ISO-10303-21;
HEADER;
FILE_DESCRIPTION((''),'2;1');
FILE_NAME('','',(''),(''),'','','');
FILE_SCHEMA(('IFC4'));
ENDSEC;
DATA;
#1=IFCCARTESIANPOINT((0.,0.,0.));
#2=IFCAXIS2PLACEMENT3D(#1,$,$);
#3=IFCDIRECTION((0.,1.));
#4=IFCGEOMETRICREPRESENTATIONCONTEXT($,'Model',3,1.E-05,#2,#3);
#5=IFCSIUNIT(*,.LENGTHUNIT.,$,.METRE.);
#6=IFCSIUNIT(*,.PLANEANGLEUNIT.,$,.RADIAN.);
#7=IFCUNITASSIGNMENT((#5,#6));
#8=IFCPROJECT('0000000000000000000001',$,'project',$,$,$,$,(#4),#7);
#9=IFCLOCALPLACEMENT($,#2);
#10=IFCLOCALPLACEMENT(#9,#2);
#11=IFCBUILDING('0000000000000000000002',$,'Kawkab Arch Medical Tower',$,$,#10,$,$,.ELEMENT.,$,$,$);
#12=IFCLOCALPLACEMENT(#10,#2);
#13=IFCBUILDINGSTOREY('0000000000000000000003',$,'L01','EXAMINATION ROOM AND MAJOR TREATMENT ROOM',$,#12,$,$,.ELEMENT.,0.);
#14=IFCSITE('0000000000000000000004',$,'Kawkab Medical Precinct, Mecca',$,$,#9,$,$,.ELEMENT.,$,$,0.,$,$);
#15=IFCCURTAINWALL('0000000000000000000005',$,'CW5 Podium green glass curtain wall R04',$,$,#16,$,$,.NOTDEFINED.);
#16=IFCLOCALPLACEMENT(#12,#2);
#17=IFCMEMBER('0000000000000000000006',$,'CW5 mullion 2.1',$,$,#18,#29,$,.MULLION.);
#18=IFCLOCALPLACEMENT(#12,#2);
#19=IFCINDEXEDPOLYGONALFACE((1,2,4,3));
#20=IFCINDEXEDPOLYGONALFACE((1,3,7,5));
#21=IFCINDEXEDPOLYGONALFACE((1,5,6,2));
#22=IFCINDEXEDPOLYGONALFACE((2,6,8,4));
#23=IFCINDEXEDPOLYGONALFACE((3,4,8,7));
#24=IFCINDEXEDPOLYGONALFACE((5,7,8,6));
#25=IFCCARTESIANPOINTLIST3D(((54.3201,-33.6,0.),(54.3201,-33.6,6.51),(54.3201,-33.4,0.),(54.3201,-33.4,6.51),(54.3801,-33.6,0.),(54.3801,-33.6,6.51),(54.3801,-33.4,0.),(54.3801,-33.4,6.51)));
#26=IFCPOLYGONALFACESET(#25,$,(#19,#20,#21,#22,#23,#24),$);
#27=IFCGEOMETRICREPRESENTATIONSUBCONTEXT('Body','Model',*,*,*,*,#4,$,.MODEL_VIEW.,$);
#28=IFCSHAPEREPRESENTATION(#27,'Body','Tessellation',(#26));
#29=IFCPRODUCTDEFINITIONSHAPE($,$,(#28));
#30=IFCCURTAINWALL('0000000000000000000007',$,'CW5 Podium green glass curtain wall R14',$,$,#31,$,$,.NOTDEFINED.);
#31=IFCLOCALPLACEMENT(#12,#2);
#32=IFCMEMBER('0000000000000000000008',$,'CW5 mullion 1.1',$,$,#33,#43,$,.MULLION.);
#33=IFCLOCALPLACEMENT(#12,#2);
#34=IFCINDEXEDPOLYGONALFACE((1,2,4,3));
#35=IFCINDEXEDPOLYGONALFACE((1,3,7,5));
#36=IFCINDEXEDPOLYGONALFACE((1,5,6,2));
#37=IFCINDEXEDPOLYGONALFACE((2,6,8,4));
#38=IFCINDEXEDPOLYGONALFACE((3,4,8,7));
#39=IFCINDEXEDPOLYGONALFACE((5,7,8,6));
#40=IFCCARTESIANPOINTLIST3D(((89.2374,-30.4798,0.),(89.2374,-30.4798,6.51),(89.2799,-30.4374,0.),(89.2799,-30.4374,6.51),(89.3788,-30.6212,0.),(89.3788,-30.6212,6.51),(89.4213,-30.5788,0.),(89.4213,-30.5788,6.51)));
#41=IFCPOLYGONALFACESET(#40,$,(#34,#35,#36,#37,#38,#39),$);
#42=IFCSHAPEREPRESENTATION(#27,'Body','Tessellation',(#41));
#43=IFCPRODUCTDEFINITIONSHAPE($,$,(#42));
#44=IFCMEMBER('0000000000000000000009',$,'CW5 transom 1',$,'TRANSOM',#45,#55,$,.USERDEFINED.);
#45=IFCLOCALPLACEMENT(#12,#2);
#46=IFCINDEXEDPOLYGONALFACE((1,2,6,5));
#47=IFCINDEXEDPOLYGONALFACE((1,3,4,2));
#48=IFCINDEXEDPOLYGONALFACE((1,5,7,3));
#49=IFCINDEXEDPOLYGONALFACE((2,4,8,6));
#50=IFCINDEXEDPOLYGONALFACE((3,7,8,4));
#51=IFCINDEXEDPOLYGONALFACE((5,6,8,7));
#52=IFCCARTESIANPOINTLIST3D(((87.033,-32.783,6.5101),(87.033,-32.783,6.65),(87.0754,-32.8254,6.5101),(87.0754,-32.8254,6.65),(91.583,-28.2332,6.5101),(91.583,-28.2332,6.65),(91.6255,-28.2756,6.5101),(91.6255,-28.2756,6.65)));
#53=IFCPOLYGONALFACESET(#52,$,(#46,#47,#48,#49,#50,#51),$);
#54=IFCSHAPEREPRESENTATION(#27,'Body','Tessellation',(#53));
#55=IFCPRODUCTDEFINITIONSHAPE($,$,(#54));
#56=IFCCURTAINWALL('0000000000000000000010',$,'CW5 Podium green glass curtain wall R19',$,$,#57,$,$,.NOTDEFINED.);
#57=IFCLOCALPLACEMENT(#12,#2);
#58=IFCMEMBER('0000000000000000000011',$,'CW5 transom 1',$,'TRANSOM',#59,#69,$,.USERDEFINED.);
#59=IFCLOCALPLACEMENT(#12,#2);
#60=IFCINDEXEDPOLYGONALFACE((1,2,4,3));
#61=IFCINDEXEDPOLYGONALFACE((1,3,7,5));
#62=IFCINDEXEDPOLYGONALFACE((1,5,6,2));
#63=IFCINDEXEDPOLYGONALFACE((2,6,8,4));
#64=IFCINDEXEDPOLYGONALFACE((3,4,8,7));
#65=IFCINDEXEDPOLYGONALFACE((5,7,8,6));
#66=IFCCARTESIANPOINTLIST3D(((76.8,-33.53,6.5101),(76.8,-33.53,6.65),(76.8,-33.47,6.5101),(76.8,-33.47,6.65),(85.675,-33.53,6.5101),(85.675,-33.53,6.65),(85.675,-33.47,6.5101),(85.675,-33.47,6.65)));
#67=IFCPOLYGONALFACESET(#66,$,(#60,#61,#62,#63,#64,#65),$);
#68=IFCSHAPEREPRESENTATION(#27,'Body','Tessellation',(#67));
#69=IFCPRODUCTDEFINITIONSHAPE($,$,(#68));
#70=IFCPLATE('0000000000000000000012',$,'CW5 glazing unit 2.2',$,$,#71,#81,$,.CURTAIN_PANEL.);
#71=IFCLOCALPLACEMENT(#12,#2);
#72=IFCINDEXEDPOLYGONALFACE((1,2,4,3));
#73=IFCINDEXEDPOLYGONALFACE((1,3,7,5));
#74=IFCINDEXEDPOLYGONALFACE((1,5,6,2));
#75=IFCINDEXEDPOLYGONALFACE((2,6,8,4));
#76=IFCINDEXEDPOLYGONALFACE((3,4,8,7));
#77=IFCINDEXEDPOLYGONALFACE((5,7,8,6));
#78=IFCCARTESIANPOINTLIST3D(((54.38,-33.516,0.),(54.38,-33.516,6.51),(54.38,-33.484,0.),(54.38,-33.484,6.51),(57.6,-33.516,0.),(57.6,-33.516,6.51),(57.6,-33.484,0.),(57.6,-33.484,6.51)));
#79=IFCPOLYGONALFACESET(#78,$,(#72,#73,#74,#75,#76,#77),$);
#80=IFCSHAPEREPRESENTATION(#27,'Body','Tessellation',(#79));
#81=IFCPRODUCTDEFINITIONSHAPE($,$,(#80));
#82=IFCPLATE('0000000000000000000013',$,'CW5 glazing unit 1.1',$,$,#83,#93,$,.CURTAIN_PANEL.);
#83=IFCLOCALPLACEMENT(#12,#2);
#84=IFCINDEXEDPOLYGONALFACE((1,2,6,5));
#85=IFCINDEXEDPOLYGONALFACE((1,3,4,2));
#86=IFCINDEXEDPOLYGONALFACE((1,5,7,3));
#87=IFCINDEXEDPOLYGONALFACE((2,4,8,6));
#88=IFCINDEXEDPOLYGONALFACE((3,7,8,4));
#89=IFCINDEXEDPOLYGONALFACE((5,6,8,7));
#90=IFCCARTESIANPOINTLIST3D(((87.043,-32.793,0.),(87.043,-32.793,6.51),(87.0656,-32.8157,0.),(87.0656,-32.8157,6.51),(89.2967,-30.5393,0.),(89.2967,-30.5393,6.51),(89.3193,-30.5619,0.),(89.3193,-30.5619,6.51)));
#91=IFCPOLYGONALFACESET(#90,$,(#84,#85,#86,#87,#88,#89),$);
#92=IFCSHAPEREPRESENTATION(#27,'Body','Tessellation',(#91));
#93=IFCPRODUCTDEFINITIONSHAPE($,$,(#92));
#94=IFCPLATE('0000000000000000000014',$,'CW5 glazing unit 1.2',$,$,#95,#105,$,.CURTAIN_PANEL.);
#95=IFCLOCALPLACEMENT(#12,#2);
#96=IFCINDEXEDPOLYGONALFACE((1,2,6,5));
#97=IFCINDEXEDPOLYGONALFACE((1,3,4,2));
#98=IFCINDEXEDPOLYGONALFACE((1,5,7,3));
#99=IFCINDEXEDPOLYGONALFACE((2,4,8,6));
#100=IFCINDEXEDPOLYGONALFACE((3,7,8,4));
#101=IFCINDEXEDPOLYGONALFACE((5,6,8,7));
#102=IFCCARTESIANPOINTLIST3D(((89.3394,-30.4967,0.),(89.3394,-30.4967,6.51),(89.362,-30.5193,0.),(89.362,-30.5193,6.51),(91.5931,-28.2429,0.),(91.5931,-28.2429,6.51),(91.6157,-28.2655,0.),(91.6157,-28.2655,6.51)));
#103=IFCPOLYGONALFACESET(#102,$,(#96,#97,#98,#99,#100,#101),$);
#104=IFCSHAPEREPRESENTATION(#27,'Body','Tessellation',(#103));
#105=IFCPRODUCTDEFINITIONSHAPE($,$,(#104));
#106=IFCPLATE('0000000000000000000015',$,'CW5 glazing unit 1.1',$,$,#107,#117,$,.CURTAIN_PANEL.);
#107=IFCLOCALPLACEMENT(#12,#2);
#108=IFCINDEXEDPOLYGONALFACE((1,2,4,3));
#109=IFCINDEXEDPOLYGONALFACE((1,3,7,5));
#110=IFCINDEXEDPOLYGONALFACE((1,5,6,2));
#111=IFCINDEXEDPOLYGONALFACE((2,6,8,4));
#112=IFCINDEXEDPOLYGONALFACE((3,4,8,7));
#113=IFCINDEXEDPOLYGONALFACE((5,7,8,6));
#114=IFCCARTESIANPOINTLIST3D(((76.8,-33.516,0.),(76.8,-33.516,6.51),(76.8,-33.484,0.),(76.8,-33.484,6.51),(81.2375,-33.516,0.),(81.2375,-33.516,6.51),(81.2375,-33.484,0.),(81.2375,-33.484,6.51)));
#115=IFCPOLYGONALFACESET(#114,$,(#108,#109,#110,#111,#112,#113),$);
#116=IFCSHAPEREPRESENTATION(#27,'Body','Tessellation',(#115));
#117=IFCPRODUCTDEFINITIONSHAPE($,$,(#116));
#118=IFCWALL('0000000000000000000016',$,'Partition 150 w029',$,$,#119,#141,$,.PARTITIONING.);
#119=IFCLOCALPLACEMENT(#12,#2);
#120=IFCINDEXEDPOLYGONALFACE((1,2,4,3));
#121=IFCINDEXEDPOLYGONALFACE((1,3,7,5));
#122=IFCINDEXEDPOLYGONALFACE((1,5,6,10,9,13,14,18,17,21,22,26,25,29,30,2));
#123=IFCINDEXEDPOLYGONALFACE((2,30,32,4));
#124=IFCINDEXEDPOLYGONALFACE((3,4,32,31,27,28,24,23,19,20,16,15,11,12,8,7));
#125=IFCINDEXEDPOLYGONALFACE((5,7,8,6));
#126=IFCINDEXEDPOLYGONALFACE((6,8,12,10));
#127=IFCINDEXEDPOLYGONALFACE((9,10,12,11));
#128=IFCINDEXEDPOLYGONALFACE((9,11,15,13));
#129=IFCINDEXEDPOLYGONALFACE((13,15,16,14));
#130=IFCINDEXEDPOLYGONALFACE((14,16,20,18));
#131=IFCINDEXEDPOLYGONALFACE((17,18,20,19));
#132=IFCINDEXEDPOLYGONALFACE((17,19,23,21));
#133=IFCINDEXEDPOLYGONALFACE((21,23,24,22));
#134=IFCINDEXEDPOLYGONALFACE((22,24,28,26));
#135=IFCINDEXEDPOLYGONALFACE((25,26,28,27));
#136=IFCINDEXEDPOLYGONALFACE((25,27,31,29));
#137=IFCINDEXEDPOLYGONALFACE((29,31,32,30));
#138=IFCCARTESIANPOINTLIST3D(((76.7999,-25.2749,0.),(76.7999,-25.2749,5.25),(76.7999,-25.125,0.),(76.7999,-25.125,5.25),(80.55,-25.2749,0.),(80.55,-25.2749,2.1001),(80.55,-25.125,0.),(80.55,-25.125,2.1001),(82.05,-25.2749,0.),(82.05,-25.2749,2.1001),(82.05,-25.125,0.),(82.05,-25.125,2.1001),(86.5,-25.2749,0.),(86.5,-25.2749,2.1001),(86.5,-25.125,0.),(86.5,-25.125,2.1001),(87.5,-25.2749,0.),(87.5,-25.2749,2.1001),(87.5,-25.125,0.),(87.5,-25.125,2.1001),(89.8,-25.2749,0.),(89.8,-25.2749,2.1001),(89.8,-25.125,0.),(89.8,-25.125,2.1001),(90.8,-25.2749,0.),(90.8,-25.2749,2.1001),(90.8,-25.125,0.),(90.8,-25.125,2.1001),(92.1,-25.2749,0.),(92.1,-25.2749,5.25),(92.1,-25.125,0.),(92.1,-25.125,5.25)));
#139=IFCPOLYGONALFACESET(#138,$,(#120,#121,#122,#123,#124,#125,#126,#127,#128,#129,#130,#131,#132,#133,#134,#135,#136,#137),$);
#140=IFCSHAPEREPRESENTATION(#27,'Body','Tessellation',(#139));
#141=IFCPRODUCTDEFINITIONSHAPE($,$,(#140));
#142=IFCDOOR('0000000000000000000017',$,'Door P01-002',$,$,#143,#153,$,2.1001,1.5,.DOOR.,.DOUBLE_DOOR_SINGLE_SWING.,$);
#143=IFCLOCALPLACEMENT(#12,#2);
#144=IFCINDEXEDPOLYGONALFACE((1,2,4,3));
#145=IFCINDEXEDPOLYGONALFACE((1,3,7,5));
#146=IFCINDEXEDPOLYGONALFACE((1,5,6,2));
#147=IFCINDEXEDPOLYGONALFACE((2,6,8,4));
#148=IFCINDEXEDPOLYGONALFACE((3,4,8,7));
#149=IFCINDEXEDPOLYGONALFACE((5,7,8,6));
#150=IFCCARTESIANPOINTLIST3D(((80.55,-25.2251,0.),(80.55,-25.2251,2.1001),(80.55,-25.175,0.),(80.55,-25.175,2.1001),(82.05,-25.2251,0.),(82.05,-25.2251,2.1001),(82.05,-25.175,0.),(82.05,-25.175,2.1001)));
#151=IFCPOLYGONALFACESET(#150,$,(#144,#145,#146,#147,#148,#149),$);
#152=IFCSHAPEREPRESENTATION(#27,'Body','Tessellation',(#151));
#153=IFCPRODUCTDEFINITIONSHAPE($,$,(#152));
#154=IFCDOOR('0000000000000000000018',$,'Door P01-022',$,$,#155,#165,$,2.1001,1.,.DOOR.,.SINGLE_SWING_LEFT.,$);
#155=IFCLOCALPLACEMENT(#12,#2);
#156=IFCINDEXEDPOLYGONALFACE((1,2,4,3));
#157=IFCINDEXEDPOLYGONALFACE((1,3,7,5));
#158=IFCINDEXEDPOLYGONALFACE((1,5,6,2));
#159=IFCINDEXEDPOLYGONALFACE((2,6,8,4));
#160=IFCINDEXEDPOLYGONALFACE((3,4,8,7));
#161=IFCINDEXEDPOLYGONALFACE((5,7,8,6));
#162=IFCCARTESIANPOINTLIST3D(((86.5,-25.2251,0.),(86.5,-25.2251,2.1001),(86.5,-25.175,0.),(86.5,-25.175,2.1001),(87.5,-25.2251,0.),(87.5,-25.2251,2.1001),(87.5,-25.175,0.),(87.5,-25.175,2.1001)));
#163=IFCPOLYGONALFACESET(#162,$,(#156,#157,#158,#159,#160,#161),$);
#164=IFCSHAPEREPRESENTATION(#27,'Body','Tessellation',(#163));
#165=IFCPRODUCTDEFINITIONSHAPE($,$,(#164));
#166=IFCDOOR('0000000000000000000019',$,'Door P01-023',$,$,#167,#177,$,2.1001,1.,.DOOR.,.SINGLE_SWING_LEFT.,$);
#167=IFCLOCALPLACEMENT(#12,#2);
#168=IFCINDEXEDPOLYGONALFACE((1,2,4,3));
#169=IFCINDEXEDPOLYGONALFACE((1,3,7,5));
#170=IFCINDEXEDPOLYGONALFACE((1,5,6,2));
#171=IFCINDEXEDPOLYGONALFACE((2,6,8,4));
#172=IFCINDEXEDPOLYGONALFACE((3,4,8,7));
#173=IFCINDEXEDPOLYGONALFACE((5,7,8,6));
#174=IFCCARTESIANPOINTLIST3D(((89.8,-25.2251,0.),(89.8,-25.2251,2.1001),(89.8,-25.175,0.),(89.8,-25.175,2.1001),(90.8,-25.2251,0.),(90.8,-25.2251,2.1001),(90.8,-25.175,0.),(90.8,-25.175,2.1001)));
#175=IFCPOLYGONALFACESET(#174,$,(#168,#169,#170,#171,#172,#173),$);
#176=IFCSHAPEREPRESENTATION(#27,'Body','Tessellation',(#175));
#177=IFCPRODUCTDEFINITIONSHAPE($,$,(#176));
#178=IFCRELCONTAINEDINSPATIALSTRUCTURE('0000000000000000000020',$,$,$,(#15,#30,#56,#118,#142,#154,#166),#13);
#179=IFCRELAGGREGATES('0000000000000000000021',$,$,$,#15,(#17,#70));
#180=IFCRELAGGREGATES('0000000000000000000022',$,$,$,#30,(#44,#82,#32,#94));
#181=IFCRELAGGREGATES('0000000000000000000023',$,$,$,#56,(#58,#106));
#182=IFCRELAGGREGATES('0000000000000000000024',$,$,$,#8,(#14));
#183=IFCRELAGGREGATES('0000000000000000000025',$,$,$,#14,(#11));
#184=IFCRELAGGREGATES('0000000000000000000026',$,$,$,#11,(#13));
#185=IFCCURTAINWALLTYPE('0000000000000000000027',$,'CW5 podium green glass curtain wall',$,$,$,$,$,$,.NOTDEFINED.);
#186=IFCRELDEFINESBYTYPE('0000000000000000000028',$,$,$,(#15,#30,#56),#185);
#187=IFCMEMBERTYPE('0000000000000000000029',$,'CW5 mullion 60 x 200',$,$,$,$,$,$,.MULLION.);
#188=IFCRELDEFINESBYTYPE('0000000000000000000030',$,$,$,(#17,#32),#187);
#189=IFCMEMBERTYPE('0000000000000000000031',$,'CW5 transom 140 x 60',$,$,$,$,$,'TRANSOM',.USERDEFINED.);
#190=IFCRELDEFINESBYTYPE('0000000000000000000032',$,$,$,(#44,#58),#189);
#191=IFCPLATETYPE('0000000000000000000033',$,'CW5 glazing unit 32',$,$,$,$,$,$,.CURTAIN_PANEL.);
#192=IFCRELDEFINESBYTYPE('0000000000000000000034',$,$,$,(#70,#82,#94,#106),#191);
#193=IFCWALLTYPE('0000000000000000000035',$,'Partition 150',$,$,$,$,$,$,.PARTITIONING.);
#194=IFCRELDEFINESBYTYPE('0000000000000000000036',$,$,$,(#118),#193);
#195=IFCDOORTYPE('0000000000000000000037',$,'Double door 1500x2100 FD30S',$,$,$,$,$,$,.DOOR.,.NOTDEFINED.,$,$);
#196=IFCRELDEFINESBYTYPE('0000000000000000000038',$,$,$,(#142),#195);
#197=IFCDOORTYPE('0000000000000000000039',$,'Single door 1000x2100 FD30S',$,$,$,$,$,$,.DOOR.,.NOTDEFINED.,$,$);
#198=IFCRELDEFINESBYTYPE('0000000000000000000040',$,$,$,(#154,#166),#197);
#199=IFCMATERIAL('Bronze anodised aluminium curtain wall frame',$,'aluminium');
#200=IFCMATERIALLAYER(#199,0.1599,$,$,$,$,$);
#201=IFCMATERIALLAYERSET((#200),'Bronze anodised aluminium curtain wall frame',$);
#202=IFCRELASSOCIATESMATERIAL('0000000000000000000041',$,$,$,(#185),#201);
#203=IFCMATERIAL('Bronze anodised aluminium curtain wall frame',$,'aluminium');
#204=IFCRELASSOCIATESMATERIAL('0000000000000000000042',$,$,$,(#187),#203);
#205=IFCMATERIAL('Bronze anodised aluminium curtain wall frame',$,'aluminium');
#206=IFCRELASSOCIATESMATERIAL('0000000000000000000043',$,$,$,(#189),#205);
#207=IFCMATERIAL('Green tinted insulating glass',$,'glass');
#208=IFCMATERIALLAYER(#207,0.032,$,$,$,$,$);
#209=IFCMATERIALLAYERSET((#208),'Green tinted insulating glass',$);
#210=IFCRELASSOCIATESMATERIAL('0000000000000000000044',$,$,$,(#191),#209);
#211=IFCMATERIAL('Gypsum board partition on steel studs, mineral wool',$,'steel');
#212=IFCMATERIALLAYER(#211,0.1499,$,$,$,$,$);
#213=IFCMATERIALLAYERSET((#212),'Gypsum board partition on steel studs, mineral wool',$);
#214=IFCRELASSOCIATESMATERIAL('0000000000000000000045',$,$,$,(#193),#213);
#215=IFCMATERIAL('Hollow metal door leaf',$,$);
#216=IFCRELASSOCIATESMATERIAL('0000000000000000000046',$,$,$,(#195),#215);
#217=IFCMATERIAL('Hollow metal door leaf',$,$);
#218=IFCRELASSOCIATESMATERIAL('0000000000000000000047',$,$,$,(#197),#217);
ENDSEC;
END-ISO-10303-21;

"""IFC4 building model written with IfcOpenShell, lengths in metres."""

from ifc_helpers import new_model, si_unit, direction, frame, frame_2d, origin, origin_2d, place, context, subcontext, project, spatial, rectangle, extrude, material, layer, layer_set, material_profile, profile_set, type_object, element, fill, aggregate, save


model = new_model("IFC4")

# Units and contexts
model_context = context("Model", 3, precision=1e-05, world=origin(), true_north=direction((0.0, 1.0)))
body_context = subcontext(model_context, "Body", "Model", "MODEL_VIEW")
ifc_project = project(units=[si_unit("LENGTHUNIT", "METRE"), si_unit("PLANEANGLEUNIT", "RADIAN")], contexts=[model_context])

# Site, building, storey
site_placement = place(None, origin())
site = spatial("IfcSite", under=ifc_project, at=site_placement, Name="Kawkab Medical Precinct, Mecca", CompositionType="ELEMENT", RefElevation=0.0)
building_placement = place(site_placement, origin())
building = spatial("IfcBuilding", under=site, at=building_placement, Name="Kawkab Arch Medical Tower", CompositionType="ELEMENT")
storey_placement = place(building_placement, origin())
storey = spatial("IfcBuildingStorey", under=building, at=storey_placement, Name="L01", Description="EXAMINATION ROOM AND MAJOR TREATMENT ROOM", CompositionType="ELEMENT", Elevation=0.0)

# Curtain wall, member
ifc_material_1 = material(Name="Bronze anodised aluminium curtain wall frame", Category="aluminium")
ifc_layer_1 = layer(ifc_material_1, 0.1599)
ifc_layer_set_1 = layer_set([ifc_layer_1], Name="Bronze anodised aluminium curtain wall frame")
curtain_wall_type = type_object("IfcCurtainWallType", Name="CW5 podium green glass curtain wall", PredefinedType="NOTDEFINED", material=ifc_layer_set_1)
placement = place(storey_placement, origin())
curtain_wall_1 = element("IfcCurtainWall", 1, at=placement, inside=storey, type_object=curtain_wall_type, Name="CW5 Podium green glass curtain wall R04", PredefinedType="NOTDEFINED")
ifc_material_2 = material(Name="Bronze anodised aluminium curtain wall frame", Category="aluminium")
ifc_material_profile_1 = material_profile(ifc_material_2, rectangle(XDim=0.2, YDim=0.0601, at=origin_2d()), Name="AL 60x200")
ifc_profile_set_1 = profile_set([ifc_material_profile_1], Name="Bronze anodised aluminium curtain wall frame")
member_type_1 = type_object("IfcMemberType", Name="CW5 mullion 60 x 200", PredefinedType="MULLION", material=ifc_profile_set_1)
member_1_placement = place(storey_placement, frame((54.3501, -33.5, 0.0), z_axis=(0.0, 0.0, 1.0), x_axis=(0.0, 1.0, 0.0)))
member_1 = element("IfcMember", 2, at=member_1_placement, type_object=member_type_1, Name="CW5 mullion 2.1", PredefinedType="MULLION", context=body_context, shape_type="SweptSolid", body=[
    extrude(rectangle(XDim=0.2, YDim=0.0601, at=origin_2d()), origin(), (0.0, 0.0, 1.0), 6.51),
])

# Curtain wall, members
curtain_wall_2 = element("IfcCurtainWall", 3, at=placement, inside=storey, type_object=curtain_wall_type, Name="CW5 Podium green glass curtain wall R14", PredefinedType="NOTDEFINED")
member_2_placement = place(storey_placement, frame((89.3293, -30.5293, 0.0), z_axis=(0.0, 0.0, 1.0), x_axis=(-0.707107, 0.707107, 0.0)))
member_2 = element("IfcMember", 4, at=member_2_placement, type_object=member_type_1, Name="CW5 mullion 1.1", PredefinedType="MULLION", context=body_context, shape_type="SweptSolid", body=[
    extrude(rectangle(XDim=0.2, YDim=0.0601, at=origin_2d()), origin(), (0.0, 0.0, 1.0), 6.51),
])
ifc_material_3 = material(Name="Bronze anodised aluminium curtain wall frame", Category="aluminium")
ifc_material_profile_2 = material_profile(ifc_material_3, rectangle(XDim=0.0601, YDim=0.1399, at=origin_2d()), Name="AL 60x140")
ifc_profile_set_2 = profile_set([ifc_material_profile_2], Name="Bronze anodised aluminium curtain wall frame")
member_type_2 = type_object("IfcMemberType", Name="CW5 transom 140 x 60", ElementType="TRANSOM", PredefinedType="USERDEFINED", material=ifc_profile_set_2)
member_3_placement = place(storey_placement, frame((87.0542, -32.8042, 6.5801), z_axis=(0.707126, 0.707088, 0.0), x_axis=(-0.707088, 0.707126, 0.0)))
member_3 = element("IfcMember", 5, at=member_3_placement, type_object=member_type_2, Name="CW5 transom 1", ObjectType="TRANSOM", PredefinedType="USERDEFINED", context=body_context, shape_type="SweptSolid", body=[
    extrude(rectangle(XDim=0.0601, YDim=0.1399, at=origin_2d()), origin(), (0.0, 0.0, 1.0), 6.4346),
])

# Curtain wall, member
curtain_wall_3 = element("IfcCurtainWall", 6, at=placement, inside=storey, type_object=curtain_wall_type, Name="CW5 Podium green glass curtain wall R19", PredefinedType="NOTDEFINED")
member_4_placement = place(storey_placement, frame((76.8, -33.5, 6.5801), z_axis=(1.0, 0.0, 0.0), x_axis=(0.0, 1.0, 0.0)))
member_4 = element("IfcMember", 7, at=member_4_placement, type_object=member_type_2, Name="CW5 transom 1", ObjectType="TRANSOM", PredefinedType="USERDEFINED", context=body_context, shape_type="SweptSolid", body=[
    extrude(rectangle(XDim=0.0601, YDim=0.1399, at=origin_2d()), origin(), (0.0, 0.0, 1.0), 8.875),
])

# Plates
ifc_material_4 = material(Name="Green tinted insulating glass", Category="glass")
ifc_layer_2 = layer(ifc_material_4, 0.032)
ifc_layer_set_2 = layer_set([ifc_layer_2], Name="Green tinted insulating glass")
plate_type = type_object("IfcPlateType", Name="CW5 glazing unit 32", PredefinedType="CURTAIN_PANEL", material=ifc_layer_set_2)
plate_1_placement = place(storey_placement, frame((55.99, -33.5, 0.0), z_axis=(0.0, 0.0, 1.0), x_axis=(1.0, 0.0, 0.0)))
plate_1 = element("IfcPlate", 8, at=plate_1_placement, type_object=plate_type, Name="CW5 glazing unit 2.2", PredefinedType="CURTAIN_PANEL", context=body_context, shape_type="SweptSolid", body=[
    extrude(rectangle(XDim=3.22, YDim=0.032, at=origin_2d()), origin(), (0.0, 0.0, 1.0), 6.51),
])
aggregate(curtain_wall_1, [member_1, plate_1])
plate_2_placement = place(storey_placement, frame((88.1812, -31.6775, 0.0), z_axis=(0.0, 0.0, 1.0), x_axis=(0.707107, 0.707107, 0.0)))
plate_2 = element("IfcPlate", 9, at=plate_2_placement, type_object=plate_type, Name="CW5 glazing unit 1.1", PredefinedType="CURTAIN_PANEL", context=body_context, shape_type="SweptSolid", body=[
    extrude(rectangle(XDim=3.1873, YDim=0.032, at=origin_2d()), origin(), (0.0, 0.0, 1.0), 6.51),
])
plate_3_placement = place(storey_placement, frame((90.4775, -29.3811, 0.0), z_axis=(0.0, 0.0, 1.0), x_axis=(0.707107, 0.707107, 0.0)))
plate_3 = element("IfcPlate", 10, at=plate_3_placement, type_object=plate_type, Name="CW5 glazing unit 1.2", PredefinedType="CURTAIN_PANEL", context=body_context, shape_type="SweptSolid", body=[
    extrude(rectangle(XDim=3.1873, YDim=0.032, at=origin_2d()), origin(), (0.0, 0.0, 1.0), 6.51),
])
aggregate(curtain_wall_2, [member_3, plate_2, member_2, plate_3])
plate_4_placement = place(storey_placement, frame((79.0188, -33.5, 0.0), z_axis=(0.0, 0.0, 1.0), x_axis=(1.0, 0.0, 0.0)))
plate_4 = element("IfcPlate", 11, at=plate_4_placement, type_object=plate_type, Name="CW5 glazing unit 1.1", PredefinedType="CURTAIN_PANEL", context=body_context, shape_type="SweptSolid", body=[
    extrude(rectangle(XDim=4.4375, YDim=0.032, at=origin_2d()), origin(), (0.0, 0.0, 1.0), 6.51),
])
aggregate(curtain_wall_3, [member_4, plate_4])

# Wall, openings, doors
ifc_material_5 = material(Name="Gypsum board partition on steel studs, mineral wool", Category="steel")
ifc_layer_3 = layer(ifc_material_5, 0.1499)
ifc_layer_set_3 = layer_set([ifc_layer_3], Name="Gypsum board partition on steel studs, mineral wool")
wall_type_1 = type_object("IfcWallType", Name="Partition 150", PredefinedType="PARTITIONING", material=ifc_layer_set_3)
wall_1_placement = place(storey_placement, frame((76.8, -25.2, 0.0), z_axis=(0.0, 0.0, 1.0), x_axis=(1.0, 0.0, 0.0)))
wall_1 = element("IfcWall", 12, at=wall_1_placement, inside=storey, type_object=wall_type_1, Name="Partition 150 w029", PredefinedType="PARTITIONING", context=body_context, shape_type="SweptSolid", body=[
    extrude(rectangle(XDim=15.3, YDim=0.1499, at=frame_2d((7.6499, 0.0))), origin(), (0.0, 0.0, 1.0), 5.25),
])
opening_1_placement = place(wall_1_placement, frame((3.75, 0.0, 0.0)))
opening_1 = element("IfcOpeningElement", 13, at=opening_1_placement, cuts=wall_1, PredefinedType="OPENING", context=body_context, shape_type="SweptSolid", body=[
    extrude(rectangle(XDim=1.5, YDim=2.1001, at=frame_2d((0.75, 1.05))), frame((0.0, 0.085, 0.0), z_axis=(0.0, -1.0, 0.0), x_axis=(1.0, 0.0, 0.0)), (0.0, 0.0, 1.0), 0.1699),
])
opening_2_placement = place(wall_1_placement, frame((9.7, 0.0, 0.0)))
opening_2 = element("IfcOpeningElement", 14, at=opening_2_placement, cuts=wall_1, PredefinedType="OPENING", context=body_context, shape_type="SweptSolid", body=[
    extrude(rectangle(XDim=1.0, YDim=2.1001, at=frame_2d((0.5, 1.05))), frame((0.0, 0.085, 0.0), z_axis=(0.0, -1.0, 0.0), x_axis=(1.0, 0.0, 0.0)), (0.0, 0.0, 1.0), 0.1699),
])
opening_3_placement = place(wall_1_placement, frame((13.0, 0.0, 0.0)))
opening_3 = element("IfcOpeningElement", 15, at=opening_3_placement, cuts=wall_1, PredefinedType="OPENING", context=body_context, shape_type="SweptSolid", body=[
    extrude(rectangle(XDim=1.0, YDim=2.1001, at=frame_2d((0.5, 1.05))), frame((0.0, 0.085, 0.0), z_axis=(0.0, -1.0, 0.0), x_axis=(1.0, 0.0, 0.0)), (0.0, 0.0, 1.0), 0.1699),
])
ifc_material_6 = material(Name="Hollow metal door leaf")
door_type_1 = type_object("IfcDoorType", Name="Double door 1500x2100 FD30S", OperationType="NOTDEFINED", PredefinedType="DOOR", material=ifc_material_6)
door_1_placement = place(opening_1_placement, origin())
door_1 = element("IfcDoor", 16, at=door_1_placement, inside=storey, type_object=door_type_1, Name="Door P01-002", OperationType="DOUBLE_DOOR_SINGLE_SWING", OverallHeight=2.1001, OverallWidth=1.5, PredefinedType="DOOR", context=body_context, shape_type="SweptSolid", body=[
    extrude(rectangle(XDim=1.5, YDim=2.1001, at=frame_2d((0.75, 1.05))), frame((0.0, 0.0249, 0.0), z_axis=(0.0, -1.0, 0.0), x_axis=(1.0, 0.0, 0.0)), (0.0, 0.0, 1.0), 0.05),
])
fill(opening_1, door_1)
ifc_material_7 = material(Name="Hollow metal door leaf")
door_type_2 = type_object("IfcDoorType", Name="Single door 1000x2100 FD30S", OperationType="NOTDEFINED", PredefinedType="DOOR", material=ifc_material_7)
door_2_placement = place(opening_2_placement, origin())
door_2 = element("IfcDoor", 17, at=door_2_placement, inside=storey, type_object=door_type_2, Name="Door P01-022", OperationType="SINGLE_SWING_LEFT", OverallHeight=2.1001, OverallWidth=1.0, PredefinedType="DOOR", context=body_context, shape_type="SweptSolid", body=[
    extrude(rectangle(XDim=1.0, YDim=2.1001, at=frame_2d((0.5, 1.05))), frame((0.0, 0.0249, 0.0), z_axis=(0.0, -1.0, 0.0), x_axis=(1.0, 0.0, 0.0)), (0.0, 0.0, 1.0), 0.05),
])
fill(opening_2, door_2)
door_3_placement = place(opening_3_placement, origin())
door_3 = element("IfcDoor", 18, at=door_3_placement, inside=storey, type_object=door_type_2, Name="Door P01-023", OperationType="SINGLE_SWING_LEFT", OverallHeight=2.1001, OverallWidth=1.0, PredefinedType="DOOR", context=body_context, shape_type="SweptSolid", body=[
    extrude(rectangle(XDim=1.0, YDim=2.1001, at=frame_2d((0.5, 1.05))), frame((0.0, 0.0249, 0.0), z_axis=(0.0, -1.0, 0.0), x_axis=(1.0, 0.0, 0.0)), (0.0, 0.0, 1.0), 0.05),
])
fill(opening_3, door_3)

save(model, "model.ifc")
